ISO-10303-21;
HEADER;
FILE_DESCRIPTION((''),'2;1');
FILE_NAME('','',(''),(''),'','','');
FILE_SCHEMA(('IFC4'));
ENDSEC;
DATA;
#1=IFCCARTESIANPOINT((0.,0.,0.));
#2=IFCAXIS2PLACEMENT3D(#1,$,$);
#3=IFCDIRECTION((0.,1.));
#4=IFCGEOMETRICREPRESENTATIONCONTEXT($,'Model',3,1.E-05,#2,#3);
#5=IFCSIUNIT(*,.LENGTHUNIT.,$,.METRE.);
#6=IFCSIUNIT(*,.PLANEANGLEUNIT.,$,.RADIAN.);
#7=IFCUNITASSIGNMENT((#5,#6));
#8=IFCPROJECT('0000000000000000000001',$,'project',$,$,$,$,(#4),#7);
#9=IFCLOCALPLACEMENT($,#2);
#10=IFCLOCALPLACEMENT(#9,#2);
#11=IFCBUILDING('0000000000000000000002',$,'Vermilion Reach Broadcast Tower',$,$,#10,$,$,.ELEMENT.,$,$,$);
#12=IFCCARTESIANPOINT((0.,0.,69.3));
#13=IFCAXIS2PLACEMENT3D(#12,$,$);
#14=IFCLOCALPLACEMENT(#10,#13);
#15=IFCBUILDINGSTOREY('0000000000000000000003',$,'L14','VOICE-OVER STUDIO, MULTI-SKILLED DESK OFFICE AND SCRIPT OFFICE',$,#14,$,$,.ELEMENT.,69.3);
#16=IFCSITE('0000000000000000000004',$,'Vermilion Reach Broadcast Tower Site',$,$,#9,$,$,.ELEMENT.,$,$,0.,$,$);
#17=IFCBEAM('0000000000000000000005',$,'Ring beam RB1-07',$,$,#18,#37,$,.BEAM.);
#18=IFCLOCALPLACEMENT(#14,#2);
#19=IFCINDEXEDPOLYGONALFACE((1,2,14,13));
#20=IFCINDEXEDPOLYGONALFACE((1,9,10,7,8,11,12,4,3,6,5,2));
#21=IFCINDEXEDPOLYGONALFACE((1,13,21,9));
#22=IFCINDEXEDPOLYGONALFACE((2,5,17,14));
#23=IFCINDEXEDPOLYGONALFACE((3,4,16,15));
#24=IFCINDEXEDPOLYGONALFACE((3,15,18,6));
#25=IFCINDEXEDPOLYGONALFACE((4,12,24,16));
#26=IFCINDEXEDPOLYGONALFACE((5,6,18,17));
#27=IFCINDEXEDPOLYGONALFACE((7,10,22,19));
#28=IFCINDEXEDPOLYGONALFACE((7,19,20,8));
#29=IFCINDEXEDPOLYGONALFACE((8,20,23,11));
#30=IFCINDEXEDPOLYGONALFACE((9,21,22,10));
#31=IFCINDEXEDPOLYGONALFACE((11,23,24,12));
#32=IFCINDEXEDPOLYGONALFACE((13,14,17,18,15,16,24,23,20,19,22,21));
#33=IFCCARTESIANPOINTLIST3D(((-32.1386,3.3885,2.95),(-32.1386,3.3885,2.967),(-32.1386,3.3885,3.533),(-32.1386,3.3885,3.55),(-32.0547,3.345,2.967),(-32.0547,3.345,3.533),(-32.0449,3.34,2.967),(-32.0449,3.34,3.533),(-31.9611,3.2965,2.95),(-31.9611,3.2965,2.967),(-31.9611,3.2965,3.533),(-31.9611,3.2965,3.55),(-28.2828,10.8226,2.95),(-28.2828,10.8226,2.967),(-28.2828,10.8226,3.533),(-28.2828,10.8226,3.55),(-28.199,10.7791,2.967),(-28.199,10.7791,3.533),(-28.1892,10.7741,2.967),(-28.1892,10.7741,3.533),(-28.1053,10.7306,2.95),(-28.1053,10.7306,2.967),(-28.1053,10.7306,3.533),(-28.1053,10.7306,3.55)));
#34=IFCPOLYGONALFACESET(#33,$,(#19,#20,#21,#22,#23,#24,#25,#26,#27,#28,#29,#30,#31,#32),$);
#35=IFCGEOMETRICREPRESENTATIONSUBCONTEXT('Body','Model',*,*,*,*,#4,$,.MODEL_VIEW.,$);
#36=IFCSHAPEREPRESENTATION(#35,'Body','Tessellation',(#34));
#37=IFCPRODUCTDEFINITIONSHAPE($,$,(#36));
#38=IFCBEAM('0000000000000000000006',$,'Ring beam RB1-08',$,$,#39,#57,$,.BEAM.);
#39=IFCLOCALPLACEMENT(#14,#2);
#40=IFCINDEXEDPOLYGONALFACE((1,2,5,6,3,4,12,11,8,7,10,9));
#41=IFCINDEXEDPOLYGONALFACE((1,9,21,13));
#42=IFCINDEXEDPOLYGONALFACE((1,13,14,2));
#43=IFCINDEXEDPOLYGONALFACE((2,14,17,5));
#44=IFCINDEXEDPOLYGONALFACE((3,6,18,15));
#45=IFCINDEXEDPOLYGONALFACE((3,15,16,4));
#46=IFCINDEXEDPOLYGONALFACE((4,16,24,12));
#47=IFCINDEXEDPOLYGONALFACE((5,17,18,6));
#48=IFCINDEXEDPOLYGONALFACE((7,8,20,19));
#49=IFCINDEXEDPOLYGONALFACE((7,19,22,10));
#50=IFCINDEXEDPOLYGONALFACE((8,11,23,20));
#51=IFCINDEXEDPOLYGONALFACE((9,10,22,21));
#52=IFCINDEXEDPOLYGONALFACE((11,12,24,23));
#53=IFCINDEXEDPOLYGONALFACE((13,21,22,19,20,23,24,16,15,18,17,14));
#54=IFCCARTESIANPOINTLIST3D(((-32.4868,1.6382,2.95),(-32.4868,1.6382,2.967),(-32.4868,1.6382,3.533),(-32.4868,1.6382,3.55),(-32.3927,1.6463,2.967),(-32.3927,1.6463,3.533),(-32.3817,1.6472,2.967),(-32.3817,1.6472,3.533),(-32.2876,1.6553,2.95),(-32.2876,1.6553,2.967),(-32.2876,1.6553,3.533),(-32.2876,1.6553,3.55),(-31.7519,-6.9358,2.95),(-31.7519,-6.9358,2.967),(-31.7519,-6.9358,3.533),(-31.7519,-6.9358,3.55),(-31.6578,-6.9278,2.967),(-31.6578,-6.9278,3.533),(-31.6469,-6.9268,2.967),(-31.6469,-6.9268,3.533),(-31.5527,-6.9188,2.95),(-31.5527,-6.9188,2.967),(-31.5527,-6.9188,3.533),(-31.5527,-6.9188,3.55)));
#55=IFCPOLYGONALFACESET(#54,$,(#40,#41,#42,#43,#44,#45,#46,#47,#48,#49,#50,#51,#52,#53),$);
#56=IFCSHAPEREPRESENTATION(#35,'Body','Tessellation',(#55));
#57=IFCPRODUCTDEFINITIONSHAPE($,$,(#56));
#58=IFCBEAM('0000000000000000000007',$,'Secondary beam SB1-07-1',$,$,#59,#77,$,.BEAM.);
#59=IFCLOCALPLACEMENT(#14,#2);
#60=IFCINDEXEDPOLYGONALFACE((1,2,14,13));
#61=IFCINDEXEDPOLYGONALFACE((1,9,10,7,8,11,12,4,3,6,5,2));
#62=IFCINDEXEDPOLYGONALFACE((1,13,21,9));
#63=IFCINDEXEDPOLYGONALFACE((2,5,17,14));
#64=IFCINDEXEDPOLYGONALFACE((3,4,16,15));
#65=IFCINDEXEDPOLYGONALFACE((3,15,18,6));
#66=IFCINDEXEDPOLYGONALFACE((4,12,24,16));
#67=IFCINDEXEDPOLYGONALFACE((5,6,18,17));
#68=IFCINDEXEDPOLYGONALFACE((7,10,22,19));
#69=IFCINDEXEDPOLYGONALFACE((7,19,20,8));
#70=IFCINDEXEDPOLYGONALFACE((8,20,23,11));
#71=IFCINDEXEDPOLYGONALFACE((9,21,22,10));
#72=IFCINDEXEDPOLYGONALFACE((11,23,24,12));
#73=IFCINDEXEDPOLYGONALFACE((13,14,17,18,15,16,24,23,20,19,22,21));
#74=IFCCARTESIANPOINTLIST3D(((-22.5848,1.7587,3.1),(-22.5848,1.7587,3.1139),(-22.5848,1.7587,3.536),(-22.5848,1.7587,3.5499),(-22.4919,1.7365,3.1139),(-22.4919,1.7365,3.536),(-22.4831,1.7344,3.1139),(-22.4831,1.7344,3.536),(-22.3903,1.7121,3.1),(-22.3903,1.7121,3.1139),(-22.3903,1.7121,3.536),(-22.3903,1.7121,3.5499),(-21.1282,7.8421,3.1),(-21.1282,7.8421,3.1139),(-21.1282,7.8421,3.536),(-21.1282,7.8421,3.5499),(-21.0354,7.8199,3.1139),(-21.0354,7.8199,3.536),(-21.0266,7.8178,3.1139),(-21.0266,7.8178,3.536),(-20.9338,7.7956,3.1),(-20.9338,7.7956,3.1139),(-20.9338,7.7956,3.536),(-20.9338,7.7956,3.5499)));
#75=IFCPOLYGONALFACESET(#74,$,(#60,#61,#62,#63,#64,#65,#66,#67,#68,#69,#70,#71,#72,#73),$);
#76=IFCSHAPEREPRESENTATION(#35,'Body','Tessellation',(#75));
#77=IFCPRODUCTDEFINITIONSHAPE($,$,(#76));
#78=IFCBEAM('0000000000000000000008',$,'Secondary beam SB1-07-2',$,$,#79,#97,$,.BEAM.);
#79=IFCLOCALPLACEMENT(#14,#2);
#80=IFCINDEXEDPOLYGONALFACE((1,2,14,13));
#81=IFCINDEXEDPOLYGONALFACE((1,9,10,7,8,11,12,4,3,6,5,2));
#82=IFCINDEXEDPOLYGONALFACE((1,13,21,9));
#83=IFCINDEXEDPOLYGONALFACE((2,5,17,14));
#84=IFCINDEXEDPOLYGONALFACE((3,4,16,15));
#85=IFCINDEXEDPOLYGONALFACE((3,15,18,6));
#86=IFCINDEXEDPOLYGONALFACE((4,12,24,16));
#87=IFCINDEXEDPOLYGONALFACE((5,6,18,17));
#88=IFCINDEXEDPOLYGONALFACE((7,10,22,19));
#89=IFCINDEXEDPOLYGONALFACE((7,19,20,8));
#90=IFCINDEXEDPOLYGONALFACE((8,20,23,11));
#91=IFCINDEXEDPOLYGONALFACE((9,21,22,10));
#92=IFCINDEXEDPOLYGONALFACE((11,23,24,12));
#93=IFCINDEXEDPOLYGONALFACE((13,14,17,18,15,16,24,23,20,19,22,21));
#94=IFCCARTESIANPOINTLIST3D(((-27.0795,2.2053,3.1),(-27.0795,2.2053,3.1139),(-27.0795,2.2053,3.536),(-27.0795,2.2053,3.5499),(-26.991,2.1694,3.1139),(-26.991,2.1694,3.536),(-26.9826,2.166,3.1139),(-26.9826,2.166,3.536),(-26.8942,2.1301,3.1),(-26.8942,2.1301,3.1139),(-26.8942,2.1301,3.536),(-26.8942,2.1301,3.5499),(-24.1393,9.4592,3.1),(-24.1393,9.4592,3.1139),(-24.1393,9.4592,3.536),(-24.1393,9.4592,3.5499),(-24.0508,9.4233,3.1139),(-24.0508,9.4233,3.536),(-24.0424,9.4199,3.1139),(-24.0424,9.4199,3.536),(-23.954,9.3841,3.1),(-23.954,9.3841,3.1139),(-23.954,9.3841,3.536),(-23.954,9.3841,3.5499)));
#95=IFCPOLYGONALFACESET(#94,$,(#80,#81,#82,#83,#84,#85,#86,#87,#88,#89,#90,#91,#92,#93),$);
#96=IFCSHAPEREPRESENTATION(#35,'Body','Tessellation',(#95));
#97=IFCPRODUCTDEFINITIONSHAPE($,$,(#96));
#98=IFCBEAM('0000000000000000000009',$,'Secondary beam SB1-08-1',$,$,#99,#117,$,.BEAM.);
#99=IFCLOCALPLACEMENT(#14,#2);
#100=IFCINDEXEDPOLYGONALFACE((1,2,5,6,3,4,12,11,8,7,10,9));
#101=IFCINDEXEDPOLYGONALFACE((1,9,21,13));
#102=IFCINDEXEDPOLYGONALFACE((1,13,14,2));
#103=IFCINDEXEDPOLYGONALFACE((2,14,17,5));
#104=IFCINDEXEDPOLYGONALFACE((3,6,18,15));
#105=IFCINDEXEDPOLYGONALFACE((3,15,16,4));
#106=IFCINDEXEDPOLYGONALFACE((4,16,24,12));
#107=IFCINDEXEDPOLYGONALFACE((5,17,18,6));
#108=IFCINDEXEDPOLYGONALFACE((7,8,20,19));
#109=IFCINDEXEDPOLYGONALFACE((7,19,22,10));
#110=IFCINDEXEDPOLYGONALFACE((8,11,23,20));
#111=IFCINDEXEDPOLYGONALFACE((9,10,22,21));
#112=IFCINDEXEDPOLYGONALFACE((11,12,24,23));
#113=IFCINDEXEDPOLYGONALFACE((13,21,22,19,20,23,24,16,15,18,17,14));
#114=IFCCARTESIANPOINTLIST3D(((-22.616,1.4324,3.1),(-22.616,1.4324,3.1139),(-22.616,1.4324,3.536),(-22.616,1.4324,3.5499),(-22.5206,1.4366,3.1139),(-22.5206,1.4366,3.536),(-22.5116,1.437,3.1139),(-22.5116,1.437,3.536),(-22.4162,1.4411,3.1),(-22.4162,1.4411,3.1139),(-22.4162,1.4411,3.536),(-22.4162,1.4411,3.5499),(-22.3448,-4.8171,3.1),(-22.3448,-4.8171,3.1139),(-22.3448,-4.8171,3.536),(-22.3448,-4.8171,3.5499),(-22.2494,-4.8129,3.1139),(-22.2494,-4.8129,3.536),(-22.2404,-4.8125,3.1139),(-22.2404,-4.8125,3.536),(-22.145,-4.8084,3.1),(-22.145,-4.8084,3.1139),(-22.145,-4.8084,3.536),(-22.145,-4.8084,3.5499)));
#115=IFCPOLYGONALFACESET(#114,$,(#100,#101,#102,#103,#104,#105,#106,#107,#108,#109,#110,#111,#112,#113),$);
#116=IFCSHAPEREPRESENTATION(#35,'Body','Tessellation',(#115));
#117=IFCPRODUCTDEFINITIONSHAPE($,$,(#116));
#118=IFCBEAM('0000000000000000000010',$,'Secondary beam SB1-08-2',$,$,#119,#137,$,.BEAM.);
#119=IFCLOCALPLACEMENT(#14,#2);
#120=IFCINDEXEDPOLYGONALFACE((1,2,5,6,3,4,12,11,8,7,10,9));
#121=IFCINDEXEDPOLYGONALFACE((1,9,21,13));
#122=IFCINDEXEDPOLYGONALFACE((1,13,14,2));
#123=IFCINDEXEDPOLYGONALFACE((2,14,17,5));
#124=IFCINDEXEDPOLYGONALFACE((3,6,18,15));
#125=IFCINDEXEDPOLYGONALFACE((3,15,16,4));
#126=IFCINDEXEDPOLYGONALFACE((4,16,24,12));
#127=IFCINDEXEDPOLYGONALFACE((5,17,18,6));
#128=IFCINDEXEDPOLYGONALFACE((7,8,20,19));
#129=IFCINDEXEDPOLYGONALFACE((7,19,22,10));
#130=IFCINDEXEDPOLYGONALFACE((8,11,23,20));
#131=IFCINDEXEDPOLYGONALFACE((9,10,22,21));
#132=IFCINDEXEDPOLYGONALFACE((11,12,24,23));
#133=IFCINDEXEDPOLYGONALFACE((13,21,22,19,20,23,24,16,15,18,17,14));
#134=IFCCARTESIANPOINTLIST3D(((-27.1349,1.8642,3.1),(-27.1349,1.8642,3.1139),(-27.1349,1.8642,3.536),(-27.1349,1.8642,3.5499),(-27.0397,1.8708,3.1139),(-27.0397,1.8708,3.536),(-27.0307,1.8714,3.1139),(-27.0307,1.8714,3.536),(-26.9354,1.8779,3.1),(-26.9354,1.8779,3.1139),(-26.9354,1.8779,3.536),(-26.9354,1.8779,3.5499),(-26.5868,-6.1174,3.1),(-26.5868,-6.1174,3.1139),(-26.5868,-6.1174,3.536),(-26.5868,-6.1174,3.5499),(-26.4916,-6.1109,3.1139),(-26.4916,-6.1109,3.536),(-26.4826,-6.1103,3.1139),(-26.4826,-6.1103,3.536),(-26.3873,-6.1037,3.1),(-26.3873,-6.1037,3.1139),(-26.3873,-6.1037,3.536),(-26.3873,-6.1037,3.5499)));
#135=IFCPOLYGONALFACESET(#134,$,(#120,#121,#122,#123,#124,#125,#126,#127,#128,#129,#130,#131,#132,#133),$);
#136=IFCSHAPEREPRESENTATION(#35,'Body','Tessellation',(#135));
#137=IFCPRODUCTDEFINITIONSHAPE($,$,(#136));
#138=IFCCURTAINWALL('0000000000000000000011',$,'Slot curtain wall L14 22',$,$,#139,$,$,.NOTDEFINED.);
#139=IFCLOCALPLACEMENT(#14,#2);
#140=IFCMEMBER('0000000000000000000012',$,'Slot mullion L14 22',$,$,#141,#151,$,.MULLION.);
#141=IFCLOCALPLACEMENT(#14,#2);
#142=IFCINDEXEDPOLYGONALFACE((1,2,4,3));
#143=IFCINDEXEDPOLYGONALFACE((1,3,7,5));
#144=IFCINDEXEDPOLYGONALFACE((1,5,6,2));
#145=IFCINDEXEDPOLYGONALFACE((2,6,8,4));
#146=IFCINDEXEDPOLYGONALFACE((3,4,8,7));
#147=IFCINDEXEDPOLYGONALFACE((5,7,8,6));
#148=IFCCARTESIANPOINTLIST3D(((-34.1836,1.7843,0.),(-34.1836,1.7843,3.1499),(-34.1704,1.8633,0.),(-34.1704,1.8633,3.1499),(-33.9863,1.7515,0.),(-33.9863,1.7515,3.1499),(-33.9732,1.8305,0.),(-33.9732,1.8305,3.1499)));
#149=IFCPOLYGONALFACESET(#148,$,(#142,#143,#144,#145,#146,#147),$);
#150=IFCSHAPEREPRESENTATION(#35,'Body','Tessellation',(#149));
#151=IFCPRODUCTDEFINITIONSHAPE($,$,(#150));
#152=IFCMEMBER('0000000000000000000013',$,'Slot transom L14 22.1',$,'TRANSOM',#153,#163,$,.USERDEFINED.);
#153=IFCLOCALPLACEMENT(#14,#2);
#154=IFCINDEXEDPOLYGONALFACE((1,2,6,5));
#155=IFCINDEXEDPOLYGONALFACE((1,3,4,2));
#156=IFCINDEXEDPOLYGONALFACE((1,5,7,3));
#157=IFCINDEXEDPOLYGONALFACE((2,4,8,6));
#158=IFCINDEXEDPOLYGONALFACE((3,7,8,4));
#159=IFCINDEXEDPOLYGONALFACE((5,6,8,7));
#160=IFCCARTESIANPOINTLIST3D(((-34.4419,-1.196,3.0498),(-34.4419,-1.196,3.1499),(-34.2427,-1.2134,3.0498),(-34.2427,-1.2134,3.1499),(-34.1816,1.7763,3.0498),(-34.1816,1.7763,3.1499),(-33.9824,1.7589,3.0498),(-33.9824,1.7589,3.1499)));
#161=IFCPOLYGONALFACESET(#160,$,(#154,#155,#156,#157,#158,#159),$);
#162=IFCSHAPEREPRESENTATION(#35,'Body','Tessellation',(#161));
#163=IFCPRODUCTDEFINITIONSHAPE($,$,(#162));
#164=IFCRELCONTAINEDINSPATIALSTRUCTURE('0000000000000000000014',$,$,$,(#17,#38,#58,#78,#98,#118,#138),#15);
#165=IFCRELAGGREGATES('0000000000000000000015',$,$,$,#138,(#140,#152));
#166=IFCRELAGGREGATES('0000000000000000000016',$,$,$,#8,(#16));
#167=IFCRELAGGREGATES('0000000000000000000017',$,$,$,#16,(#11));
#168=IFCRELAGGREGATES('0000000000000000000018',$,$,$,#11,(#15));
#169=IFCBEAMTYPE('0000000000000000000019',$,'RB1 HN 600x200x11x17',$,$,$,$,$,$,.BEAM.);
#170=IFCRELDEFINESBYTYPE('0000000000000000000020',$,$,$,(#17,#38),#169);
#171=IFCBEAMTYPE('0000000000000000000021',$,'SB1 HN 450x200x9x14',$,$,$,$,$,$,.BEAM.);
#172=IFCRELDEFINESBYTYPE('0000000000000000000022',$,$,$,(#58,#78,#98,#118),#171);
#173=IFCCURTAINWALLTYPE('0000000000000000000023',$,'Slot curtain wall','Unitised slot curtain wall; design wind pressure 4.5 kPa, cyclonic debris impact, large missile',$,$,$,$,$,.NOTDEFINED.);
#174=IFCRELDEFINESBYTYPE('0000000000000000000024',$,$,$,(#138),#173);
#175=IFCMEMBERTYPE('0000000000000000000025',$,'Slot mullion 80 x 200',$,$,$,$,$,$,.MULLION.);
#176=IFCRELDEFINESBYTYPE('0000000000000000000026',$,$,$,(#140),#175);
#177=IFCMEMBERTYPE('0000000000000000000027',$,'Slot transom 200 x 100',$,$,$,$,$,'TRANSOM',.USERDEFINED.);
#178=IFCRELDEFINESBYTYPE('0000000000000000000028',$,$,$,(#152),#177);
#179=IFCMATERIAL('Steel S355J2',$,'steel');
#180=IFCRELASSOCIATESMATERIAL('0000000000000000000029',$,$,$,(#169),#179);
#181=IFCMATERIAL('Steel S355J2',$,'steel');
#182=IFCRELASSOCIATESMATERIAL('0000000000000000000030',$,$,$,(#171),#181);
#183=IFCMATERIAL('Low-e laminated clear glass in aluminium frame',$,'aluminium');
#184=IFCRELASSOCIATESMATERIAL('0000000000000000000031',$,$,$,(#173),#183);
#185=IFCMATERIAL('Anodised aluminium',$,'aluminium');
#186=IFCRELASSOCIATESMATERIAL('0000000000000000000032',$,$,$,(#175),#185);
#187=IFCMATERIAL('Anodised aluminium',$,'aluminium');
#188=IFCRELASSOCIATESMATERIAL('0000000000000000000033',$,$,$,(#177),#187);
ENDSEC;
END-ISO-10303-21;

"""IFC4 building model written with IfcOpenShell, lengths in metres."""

from ifc_helpers import new_model, si_unit, direction, frame, origin, origin_2d, place, context, subcontext, project, spatial, rectangle, i_section, extrude, material, material_profile, profile_set, type_object, element, aggregate, save


model = new_model("IFC4")

# Units and contexts
model_context = context("Model", 3, precision=1e-05, world=origin(), true_north=direction((0.0, 1.0)))
body_context = subcontext(model_context, "Body", "Model", "MODEL_VIEW")
ifc_project = project(units=[si_unit("LENGTHUNIT", "METRE"), si_unit("PLANEANGLEUNIT", "RADIAN")], contexts=[model_context])

# Site, building, storey
site_placement = place(None, origin())
site = spatial("IfcSite", under=ifc_project, at=site_placement, Name="Vermilion Reach Broadcast Tower Site", CompositionType="ELEMENT", RefElevation=0.0)
building_placement = place(site_placement, origin())
building = spatial("IfcBuilding", under=site, at=building_placement, Name="Vermilion Reach Broadcast Tower", CompositionType="ELEMENT")
storey_placement = place(building_placement, frame((0.0, 0.0, 69.3)))
storey = spatial("IfcBuildingStorey", under=building, at=storey_placement, Name="L14", Description="VOICE-OVER STUDIO, MULTI-SKILLED DESK OFFICE AND SCRIPT OFFICE", CompositionType="ELEMENT", Elevation=69.3)

# Beams
ifc_material_1 = material(Name="Steel S355J2", Category="steel")
ifc_material_profile_1 = material_profile(ifc_material_1, i_section(OverallWidth=0.2, OverallDepth=0.6001, WebThickness=0.011, FlangeThickness=0.0171, at=origin_2d()), Name="S355J2 HN 600x200x11x17")
ifc_profile_set_1 = profile_set([ifc_material_profile_1], Name="Steel S355J2")
beam_type_1 = type_object("IfcBeamType", Name="RB1 HN 600x200x11x17", PredefinedType="BEAM", material=ifc_profile_set_1)
beam_1_placement = place(storey_placement, frame((-28.1941, 10.7766, 3.25), z_axis=(-0.460412, -0.887706, 0.0), x_axis=(0.887706, -0.460412, 0.0)))
element("IfcBeam", 1, at=beam_1_placement, inside=storey, type_object=beam_type_1, Name="Ring beam RB1-07", PredefinedType="BEAM", context=body_context, shape_type="SweptSolid", body=[
    extrude(i_section(OverallWidth=0.2, OverallDepth=0.6001, WebThickness=0.011, FlangeThickness=0.0171, at=origin_2d()), origin(), (0.0, 0.0, 1.0), 8.3745),
])
beam_2_placement = place(storey_placement, frame((-32.3872, 1.6467, 3.25), z_axis=(0.085396, -0.996347, 0.0), x_axis=(0.996347, 0.085396, 0.0)))
element("IfcBeam", 2, at=beam_2_placement, inside=storey, type_object=beam_type_1, Name="Ring beam RB1-08", PredefinedType="BEAM", context=body_context, shape_type="SweptSolid", body=[
    extrude(i_section(OverallWidth=0.2, OverallDepth=0.6001, WebThickness=0.011, FlangeThickness=0.0171, at=origin_2d()), origin(), (0.0, 0.0, 1.0), 8.6055),
])
ifc_material_2 = material(Name="Steel S355J2", Category="steel")
ifc_material_profile_2 = material_profile(ifc_material_2, i_section(OverallWidth=0.2, OverallDepth=0.45, WebThickness=0.009, FlangeThickness=0.0139, at=origin_2d()), Name="S355J2 HN 450x200x9x14")
ifc_profile_set_2 = profile_set([ifc_material_profile_2], Name="Steel S355J2")
beam_type_2 = type_object("IfcBeamType", Name="SB1 HN 450x200x9x14", PredefinedType="BEAM", material=ifc_profile_set_2)
beam_3_placement = place(storey_placement, frame((-21.031, 7.8188, 3.325), z_axis=(-0.232844, -0.972514, 0.0), x_axis=(0.972514, -0.232844, 0.0)))
element("IfcBeam", 3, at=beam_3_placement, inside=storey, type_object=beam_type_2, Name="Secondary beam SB1-07-1", PredefinedType="BEAM", context=body_context, shape_type="SweptSolid", body=[
    extrude(i_section(OverallWidth=0.2, OverallDepth=0.45, WebThickness=0.009, FlangeThickness=0.0139, at=origin_2d()), origin(), (0.0, 0.0, 1.0), 6.2554),
])
beam_4_placement = place(storey_placement, frame((-24.0466, 9.4216, 3.325), z_axis=(-0.375641, -0.926765, 0.0), x_axis=(0.926765, -0.375641, 0.0)))
element("IfcBeam", 4, at=beam_4_placement, inside=storey, type_object=beam_type_2, Name="Secondary beam SB1-07-2", PredefinedType="BEAM", context=body_context, shape_type="SweptSolid", body=[
    extrude(i_section(OverallWidth=0.2, OverallDepth=0.45, WebThickness=0.009, FlangeThickness=0.0139, at=origin_2d()), origin(), (0.0, 0.0, 1.0), 7.8271),
])
beam_5_placement = place(storey_placement, frame((-22.5161, 1.4368, 3.325), z_axis=(0.043361, -0.999059, 0.0), x_axis=(0.999059, 0.043361, 0.0)))
element("IfcBeam", 5, at=beam_5_placement, inside=storey, type_object=beam_type_2, Name="Secondary beam SB1-08-1", PredefinedType="BEAM", context=body_context, shape_type="SweptSolid", body=[
    extrude(i_section(OverallWidth=0.2, OverallDepth=0.45, WebThickness=0.009, FlangeThickness=0.0139, at=origin_2d()), origin(), (0.0, 0.0, 1.0), 6.2554),
])
beam_6_placement = place(storey_placement, frame((-27.0352, 1.8711, 3.325), z_axis=(0.068508, -0.997651, 0.0), x_axis=(0.997651, 0.068508, 0.0)))
element("IfcBeam", 6, at=beam_6_placement, inside=storey, type_object=beam_type_2, Name="Secondary beam SB1-08-2", PredefinedType="BEAM", context=body_context, shape_type="SweptSolid", body=[
    extrude(i_section(OverallWidth=0.2, OverallDepth=0.45, WebThickness=0.009, FlangeThickness=0.0139, at=origin_2d()), origin(), (0.0, 0.0, 1.0), 8.0005),
])

# Curtain wall, members
ifc_material_3 = material(Name="Low-e laminated clear glass in aluminium frame", Category="aluminium")
curtain_wall_type = type_object("IfcCurtainWallType", Name="Slot curtain wall", Description="Unitised slot curtain wall; design wind pressure 4.5 kPa, cyclonic debris impact, large missile", PredefinedType="NOTDEFINED", material=ifc_material_3)
curtain_wall_placement = place(storey_placement, origin())
curtain_wall = element("IfcCurtainWall", 7, at=curtain_wall_placement, inside=storey, type_object=curtain_wall_type, Name="Slot curtain wall L14 22", PredefinedType="NOTDEFINED")
ifc_material_4 = material(Name="Anodised aluminium", Category="aluminium")
ifc_material_profile_3 = material_profile(ifc_material_4, rectangle(XDim=0.2, YDim=0.0801, at=origin_2d()), Name="Slot mullion 80 x 200")
ifc_profile_set_3 = profile_set([ifc_material_profile_3], Name="Anodised aluminium")
member_type_1 = type_object("IfcMemberType", Name="Slot mullion 80 x 200", PredefinedType="MULLION", material=ifc_profile_set_3)
member_1_placement = place(storey_placement, frame((-34.0784, 1.8074, 0.0), z_axis=(0.0, 0.0, 1.0), x_axis=(0.986477, -0.163901, 0.0)))
member_1 = element("IfcMember", 8, at=member_1_placement, type_object=member_type_1, Name="Slot mullion L14 22", PredefinedType="MULLION", context=body_context, shape_type="SweptSolid", body=[
    extrude(rectangle(XDim=0.2, YDim=0.0801, at=origin_2d()), origin(), (0.0, 0.0, 1.0), 3.1499),
])
ifc_material_5 = material(Name="Anodised aluminium", Category="aluminium")
ifc_material_profile_4 = material_profile(ifc_material_5, rectangle(XDim=0.2, YDim=0.1001, at=origin_2d()), Name="Slot transom 200 x 100")
ifc_profile_set_4 = profile_set([ifc_material_profile_4], Name="Anodised aluminium")
member_type_2 = type_object("IfcMemberType", Name="Slot transom 200 x 100", ElementType="TRANSOM", PredefinedType="USERDEFINED", material=ifc_profile_set_4)
member_2_placement = place(storey_placement, frame((-34.082, 1.7676, 3.0999), z_axis=(-0.08723, -0.996188, 0.0), x_axis=(0.996188, -0.08723, 0.0)))
member_2 = element("IfcMember", 9, at=member_2_placement, type_object=member_type_2, Name="Slot transom L14 22.1", ObjectType="TRANSOM", PredefinedType="USERDEFINED", context=body_context, shape_type="SweptSolid", body=[
    extrude(rectangle(XDim=0.2, YDim=0.1001, at=origin_2d()), origin(), (0.0, 0.0, 1.0), 2.9836),
])
aggregate(curtain_wall, [member_1, member_2])

save(model, "model.ifc")
